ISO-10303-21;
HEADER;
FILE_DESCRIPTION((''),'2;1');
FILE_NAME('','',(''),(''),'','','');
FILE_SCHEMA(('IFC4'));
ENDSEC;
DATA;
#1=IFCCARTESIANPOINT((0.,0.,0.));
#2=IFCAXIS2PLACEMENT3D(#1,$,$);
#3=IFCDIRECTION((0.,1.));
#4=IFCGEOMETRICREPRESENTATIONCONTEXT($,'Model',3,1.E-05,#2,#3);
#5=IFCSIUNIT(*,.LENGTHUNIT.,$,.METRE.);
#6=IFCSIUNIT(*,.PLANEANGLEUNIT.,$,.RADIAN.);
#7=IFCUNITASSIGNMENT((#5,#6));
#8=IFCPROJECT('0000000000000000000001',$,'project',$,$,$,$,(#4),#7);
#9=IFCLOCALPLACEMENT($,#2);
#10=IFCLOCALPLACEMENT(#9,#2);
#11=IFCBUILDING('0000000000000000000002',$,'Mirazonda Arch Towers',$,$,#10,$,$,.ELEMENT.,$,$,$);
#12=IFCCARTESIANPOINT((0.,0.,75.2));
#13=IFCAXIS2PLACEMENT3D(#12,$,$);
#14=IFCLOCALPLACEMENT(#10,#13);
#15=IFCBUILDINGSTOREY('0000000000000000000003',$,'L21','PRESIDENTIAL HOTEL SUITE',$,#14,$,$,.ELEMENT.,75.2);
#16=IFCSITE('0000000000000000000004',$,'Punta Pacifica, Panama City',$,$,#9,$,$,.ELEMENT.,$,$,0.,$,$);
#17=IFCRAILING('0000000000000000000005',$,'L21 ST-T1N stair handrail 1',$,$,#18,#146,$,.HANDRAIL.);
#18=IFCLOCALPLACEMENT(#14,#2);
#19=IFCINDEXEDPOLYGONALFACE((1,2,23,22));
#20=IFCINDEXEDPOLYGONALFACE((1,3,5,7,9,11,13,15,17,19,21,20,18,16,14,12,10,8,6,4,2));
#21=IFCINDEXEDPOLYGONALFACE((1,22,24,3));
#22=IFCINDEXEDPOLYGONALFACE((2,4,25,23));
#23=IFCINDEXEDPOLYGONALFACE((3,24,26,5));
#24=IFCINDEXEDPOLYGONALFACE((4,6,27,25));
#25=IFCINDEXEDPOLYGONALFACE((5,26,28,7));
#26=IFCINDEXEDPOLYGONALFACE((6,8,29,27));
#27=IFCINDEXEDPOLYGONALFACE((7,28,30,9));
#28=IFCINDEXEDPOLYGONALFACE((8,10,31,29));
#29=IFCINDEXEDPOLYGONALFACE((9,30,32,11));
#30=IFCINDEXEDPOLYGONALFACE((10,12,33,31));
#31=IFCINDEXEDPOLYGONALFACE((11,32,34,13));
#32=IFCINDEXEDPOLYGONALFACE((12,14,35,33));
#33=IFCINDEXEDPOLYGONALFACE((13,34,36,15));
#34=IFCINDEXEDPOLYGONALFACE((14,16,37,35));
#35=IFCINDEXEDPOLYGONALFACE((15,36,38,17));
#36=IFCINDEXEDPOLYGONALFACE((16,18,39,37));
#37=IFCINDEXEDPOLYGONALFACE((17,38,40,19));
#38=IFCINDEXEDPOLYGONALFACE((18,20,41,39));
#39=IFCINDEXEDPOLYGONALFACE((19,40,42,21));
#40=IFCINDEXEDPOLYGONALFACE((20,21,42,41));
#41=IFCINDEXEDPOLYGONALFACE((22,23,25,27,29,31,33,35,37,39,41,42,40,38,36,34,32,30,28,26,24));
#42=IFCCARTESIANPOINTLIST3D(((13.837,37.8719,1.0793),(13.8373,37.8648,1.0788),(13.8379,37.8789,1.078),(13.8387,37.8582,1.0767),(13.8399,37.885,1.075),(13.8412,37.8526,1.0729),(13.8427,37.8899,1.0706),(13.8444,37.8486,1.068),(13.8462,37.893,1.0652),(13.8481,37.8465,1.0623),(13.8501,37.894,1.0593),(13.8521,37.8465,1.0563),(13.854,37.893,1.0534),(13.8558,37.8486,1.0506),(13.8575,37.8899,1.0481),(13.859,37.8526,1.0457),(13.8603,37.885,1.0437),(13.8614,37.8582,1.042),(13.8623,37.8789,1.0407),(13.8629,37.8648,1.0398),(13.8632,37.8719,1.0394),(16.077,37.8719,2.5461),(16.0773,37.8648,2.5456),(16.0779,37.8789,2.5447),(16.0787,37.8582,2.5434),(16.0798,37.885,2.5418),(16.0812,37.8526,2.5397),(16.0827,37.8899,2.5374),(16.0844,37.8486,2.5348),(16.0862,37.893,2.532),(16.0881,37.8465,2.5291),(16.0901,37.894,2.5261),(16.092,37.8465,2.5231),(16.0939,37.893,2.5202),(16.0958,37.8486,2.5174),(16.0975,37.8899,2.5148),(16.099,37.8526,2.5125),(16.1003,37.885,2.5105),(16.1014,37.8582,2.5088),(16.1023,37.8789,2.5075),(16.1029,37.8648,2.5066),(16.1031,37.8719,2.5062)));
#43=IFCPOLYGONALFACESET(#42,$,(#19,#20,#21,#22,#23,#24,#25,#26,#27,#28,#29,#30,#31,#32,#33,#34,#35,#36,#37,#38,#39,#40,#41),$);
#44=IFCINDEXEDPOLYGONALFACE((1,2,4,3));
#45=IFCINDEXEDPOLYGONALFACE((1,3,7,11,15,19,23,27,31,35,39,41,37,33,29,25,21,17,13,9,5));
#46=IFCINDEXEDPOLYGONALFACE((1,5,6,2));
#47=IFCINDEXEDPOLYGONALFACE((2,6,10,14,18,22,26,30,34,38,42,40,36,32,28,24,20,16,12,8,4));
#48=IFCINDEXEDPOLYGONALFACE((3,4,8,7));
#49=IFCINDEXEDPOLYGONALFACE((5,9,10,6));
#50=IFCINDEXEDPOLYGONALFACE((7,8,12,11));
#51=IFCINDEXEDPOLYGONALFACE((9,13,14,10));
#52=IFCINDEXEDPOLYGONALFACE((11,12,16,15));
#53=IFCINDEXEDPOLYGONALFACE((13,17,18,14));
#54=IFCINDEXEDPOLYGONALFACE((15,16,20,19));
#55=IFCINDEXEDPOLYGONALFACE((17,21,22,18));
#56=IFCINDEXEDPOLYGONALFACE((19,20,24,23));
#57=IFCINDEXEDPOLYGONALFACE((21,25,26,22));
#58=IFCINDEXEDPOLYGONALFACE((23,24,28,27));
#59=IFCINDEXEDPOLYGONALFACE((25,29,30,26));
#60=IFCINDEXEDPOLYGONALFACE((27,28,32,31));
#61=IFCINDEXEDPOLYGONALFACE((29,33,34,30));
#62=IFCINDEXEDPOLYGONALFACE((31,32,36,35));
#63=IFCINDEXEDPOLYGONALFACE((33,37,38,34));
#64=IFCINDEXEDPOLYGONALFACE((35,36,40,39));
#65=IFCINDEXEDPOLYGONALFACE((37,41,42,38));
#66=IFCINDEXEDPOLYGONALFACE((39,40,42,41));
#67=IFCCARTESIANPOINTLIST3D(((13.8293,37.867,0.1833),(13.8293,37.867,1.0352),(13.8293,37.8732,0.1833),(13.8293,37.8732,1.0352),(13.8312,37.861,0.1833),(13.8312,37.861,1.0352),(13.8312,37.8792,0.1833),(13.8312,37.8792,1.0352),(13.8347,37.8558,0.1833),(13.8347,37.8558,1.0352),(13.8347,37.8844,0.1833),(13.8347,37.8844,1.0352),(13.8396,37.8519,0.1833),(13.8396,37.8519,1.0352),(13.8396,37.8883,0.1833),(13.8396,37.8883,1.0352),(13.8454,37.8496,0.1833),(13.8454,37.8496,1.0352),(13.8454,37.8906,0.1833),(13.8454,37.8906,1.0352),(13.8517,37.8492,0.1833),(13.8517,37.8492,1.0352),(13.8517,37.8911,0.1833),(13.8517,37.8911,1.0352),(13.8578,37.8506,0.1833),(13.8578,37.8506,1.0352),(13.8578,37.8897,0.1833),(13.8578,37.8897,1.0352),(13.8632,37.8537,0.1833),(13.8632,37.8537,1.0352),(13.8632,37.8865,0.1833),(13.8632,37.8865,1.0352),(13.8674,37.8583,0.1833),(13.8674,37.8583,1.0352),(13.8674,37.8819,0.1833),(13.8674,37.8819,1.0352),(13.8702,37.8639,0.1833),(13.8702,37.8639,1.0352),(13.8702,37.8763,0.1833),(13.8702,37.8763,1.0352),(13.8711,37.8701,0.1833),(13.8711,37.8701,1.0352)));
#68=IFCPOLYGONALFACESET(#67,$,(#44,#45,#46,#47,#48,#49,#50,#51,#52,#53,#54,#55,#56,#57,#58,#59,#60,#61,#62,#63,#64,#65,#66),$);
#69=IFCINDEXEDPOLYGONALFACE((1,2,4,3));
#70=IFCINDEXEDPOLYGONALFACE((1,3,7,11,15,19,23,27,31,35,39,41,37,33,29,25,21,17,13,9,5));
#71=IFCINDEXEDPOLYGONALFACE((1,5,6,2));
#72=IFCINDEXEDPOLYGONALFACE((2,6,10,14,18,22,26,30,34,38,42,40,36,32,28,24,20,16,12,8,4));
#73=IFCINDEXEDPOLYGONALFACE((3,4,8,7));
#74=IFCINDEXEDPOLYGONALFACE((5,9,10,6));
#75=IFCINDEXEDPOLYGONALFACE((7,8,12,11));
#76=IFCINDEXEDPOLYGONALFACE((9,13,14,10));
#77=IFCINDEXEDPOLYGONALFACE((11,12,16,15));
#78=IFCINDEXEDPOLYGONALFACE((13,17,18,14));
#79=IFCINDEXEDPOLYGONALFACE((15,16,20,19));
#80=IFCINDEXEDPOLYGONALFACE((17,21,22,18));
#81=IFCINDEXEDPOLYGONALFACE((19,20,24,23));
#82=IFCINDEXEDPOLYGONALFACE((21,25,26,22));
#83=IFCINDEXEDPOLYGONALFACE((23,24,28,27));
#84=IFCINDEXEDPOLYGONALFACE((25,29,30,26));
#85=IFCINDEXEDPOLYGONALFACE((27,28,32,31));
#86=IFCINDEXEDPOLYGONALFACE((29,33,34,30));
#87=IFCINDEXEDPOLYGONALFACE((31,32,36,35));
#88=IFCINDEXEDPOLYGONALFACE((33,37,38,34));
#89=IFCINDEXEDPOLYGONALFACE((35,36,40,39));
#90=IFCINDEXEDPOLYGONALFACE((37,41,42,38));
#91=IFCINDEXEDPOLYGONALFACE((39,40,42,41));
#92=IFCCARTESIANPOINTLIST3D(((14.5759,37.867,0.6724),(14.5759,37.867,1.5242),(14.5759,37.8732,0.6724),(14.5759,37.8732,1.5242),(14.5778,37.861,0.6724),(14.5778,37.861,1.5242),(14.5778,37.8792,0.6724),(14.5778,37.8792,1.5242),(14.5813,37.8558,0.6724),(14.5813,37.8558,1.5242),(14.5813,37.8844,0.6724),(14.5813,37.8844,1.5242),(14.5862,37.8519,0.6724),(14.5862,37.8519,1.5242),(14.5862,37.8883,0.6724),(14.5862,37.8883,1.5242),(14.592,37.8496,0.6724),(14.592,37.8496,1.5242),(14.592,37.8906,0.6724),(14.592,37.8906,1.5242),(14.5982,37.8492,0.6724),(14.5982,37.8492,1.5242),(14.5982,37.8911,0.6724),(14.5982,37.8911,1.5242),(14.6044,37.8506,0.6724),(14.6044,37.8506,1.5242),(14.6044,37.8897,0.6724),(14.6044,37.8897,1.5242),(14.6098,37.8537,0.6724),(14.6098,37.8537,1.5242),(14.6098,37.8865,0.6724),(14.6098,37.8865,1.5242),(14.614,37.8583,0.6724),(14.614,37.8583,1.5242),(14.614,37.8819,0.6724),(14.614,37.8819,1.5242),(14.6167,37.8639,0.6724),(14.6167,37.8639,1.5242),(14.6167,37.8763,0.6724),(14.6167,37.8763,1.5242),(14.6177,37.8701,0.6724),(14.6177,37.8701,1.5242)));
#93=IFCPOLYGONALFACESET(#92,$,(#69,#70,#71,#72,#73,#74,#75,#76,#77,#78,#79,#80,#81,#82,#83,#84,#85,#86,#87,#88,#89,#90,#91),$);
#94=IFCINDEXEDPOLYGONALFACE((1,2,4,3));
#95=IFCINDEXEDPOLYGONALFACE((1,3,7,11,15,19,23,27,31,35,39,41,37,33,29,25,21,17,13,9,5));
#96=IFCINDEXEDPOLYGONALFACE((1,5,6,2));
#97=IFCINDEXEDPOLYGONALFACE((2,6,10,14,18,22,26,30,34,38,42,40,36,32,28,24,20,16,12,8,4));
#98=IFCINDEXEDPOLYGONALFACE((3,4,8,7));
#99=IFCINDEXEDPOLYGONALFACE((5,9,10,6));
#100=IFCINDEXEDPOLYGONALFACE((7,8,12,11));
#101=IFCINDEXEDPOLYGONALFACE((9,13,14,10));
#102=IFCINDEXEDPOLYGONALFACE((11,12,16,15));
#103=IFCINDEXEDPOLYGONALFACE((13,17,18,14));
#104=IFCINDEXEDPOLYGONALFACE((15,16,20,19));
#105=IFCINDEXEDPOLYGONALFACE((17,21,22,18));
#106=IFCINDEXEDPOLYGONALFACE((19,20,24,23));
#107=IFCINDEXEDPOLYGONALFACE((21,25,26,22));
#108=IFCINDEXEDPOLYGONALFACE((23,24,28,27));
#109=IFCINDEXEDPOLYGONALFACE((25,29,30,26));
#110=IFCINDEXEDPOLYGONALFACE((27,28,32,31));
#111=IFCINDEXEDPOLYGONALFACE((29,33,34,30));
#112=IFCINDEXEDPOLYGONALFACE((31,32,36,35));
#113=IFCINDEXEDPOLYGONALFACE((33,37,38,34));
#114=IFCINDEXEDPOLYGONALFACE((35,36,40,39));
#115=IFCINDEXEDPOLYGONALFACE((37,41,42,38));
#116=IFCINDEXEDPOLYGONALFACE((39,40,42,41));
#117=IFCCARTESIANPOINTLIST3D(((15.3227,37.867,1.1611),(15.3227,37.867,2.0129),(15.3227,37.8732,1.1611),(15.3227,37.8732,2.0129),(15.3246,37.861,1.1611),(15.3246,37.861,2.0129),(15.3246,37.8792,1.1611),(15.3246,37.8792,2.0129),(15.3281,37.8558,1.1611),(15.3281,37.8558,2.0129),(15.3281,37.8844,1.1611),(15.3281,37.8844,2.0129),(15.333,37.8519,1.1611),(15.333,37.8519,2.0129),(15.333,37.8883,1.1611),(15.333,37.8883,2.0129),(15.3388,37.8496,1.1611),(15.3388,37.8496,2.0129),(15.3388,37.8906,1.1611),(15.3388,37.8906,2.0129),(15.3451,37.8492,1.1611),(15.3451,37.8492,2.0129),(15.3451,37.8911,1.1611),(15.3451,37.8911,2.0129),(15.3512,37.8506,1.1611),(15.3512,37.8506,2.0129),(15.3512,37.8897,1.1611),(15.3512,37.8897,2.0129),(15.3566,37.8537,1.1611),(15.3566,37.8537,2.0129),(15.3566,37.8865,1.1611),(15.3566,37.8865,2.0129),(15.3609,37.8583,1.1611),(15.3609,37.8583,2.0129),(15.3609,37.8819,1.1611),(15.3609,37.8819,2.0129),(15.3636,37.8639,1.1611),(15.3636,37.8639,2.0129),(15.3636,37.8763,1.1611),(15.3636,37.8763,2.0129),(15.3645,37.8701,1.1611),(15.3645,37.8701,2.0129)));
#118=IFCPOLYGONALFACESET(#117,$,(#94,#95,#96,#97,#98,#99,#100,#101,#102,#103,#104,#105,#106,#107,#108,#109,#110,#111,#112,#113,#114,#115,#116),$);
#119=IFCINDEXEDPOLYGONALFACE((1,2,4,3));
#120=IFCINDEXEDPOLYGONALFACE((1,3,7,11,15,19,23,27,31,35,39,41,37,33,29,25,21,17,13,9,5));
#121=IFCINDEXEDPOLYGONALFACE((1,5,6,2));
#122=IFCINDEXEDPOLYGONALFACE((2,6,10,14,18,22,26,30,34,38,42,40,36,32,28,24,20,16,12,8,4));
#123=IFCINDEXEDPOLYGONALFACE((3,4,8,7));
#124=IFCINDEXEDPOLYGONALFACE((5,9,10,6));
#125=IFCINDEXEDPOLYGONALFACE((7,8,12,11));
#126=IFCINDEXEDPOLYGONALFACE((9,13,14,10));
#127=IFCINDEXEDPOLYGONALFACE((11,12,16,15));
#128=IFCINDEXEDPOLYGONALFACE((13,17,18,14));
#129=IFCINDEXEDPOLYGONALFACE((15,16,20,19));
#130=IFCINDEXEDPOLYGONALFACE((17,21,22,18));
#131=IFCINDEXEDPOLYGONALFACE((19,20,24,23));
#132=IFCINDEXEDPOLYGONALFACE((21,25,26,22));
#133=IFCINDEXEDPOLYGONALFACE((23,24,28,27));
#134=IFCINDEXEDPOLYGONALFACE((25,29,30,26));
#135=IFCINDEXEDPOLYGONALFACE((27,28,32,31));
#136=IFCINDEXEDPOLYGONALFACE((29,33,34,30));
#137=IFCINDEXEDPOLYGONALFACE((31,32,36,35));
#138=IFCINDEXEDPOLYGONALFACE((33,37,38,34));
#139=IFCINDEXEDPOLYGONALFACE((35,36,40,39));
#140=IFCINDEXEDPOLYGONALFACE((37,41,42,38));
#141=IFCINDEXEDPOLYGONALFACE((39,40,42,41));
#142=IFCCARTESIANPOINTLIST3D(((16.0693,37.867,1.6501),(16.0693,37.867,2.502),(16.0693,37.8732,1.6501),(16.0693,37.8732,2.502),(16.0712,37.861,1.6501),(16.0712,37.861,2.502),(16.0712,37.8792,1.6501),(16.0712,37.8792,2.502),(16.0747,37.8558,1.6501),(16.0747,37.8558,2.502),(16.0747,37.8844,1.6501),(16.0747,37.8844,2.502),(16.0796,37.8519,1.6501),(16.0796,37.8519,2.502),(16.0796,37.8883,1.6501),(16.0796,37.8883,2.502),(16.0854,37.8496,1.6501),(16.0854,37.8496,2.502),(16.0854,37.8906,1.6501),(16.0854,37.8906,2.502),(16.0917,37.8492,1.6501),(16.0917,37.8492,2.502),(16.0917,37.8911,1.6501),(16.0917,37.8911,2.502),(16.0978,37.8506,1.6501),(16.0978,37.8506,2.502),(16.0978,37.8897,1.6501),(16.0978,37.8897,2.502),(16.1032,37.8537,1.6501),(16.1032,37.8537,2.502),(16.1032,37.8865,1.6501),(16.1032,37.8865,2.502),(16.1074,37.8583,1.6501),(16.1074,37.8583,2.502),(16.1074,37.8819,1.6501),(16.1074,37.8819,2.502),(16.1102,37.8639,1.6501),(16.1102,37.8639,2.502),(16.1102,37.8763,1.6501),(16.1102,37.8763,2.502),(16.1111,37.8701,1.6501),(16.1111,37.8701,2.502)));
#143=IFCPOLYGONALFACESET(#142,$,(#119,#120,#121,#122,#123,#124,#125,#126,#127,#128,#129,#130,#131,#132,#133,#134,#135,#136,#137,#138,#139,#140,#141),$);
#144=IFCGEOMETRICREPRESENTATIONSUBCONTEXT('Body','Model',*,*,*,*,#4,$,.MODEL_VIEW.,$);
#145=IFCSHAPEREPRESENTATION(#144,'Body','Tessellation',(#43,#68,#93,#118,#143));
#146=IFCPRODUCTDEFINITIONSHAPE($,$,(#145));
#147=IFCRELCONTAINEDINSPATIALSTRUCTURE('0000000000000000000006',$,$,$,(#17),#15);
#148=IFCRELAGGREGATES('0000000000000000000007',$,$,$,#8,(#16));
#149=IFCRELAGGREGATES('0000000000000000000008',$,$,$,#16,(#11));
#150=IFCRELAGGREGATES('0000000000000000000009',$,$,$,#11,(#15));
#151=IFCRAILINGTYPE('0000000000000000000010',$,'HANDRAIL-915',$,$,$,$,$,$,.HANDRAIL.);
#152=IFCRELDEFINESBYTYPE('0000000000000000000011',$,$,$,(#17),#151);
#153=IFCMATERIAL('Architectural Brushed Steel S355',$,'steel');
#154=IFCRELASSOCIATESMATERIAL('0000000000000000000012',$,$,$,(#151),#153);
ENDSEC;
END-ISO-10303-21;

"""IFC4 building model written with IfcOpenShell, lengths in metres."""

from ifc_helpers import new_model, si_unit, direction, frame, origin, origin_2d, place, context, subcontext, project, spatial, circle, extrude, material, type_object, element, save


model = new_model("IFC4")

# Units and contexts
model_context = context("Model", 3, precision=1e-05, world=origin(), true_north=direction((0.0, 1.0)))
body_context = subcontext(model_context, "Body", "Model", "MODEL_VIEW")
ifc_project = project(units=[si_unit("LENGTHUNIT", "METRE"), si_unit("PLANEANGLEUNIT", "RADIAN")], contexts=[model_context])

# Site, building, storey
site_placement = place(None, origin())
site = spatial("IfcSite", under=ifc_project, at=site_placement, Name="Punta Pacifica, Panama City", CompositionType="ELEMENT", RefElevation=0.0)
building_placement = place(site_placement, origin())
building = spatial("IfcBuilding", under=site, at=building_placement, Name="Mirazonda Arch Towers", CompositionType="ELEMENT")
storey_placement = place(building_placement, frame((0.0, 0.0, 75.2)))
storey = spatial("IfcBuildingStorey", under=building, at=storey_placement, Name="L21", Description="PRESIDENTIAL HOTEL SUITE", CompositionType="ELEMENT", Elevation=75.2)

# Shared definitions
ifc_material_1 = material(Name="Architectural Brushed Steel S355", Category="steel")

# Railing
railing_type_1 = type_object("IfcRailingType", Name="HANDRAIL-915", PredefinedType="HANDRAIL", material=ifc_material_1)
railing_1_placement = place(storey_placement, frame((13.8501, 37.8701, 0.1833)))
element("IfcRailing", 1, at=railing_1_placement, inside=storey, type_object=railing_type_1, Name="L21 ST-T1N stair handrail 1", PredefinedType="HANDRAIL", context=body_context, shape_type="SweptSolid", body=[
    extrude(circle(Radius=0.0239, at=origin_2d()), frame((0.0, 0.0, 0.876), z_axis=(0.836595, 0.0, 0.547822), x_axis=(0.0, 1.0, 0.0)), (0.0, 0.0, 1.0), 2.6775),
    extrude(circle(Radius=0.021, at=origin_2d()), origin(), (0.0, 0.0, 1.0), 0.8518),
    extrude(circle(Radius=0.021, at=origin_2d()), frame((0.7466, 0.0, 0.489)), (0.0, 0.0, 1.0), 0.8518),
    extrude(circle(Radius=0.021, at=origin_2d()), frame((1.4934, 0.0, 0.9778)), (0.0, 0.0, 1.0), 0.8518),
    extrude(circle(Radius=0.021, at=origin_2d()), frame((2.24, 0.0, 1.4668)), (0.0, 0.0, 1.0), 0.8518),
])

save(model, "model.ifc")
